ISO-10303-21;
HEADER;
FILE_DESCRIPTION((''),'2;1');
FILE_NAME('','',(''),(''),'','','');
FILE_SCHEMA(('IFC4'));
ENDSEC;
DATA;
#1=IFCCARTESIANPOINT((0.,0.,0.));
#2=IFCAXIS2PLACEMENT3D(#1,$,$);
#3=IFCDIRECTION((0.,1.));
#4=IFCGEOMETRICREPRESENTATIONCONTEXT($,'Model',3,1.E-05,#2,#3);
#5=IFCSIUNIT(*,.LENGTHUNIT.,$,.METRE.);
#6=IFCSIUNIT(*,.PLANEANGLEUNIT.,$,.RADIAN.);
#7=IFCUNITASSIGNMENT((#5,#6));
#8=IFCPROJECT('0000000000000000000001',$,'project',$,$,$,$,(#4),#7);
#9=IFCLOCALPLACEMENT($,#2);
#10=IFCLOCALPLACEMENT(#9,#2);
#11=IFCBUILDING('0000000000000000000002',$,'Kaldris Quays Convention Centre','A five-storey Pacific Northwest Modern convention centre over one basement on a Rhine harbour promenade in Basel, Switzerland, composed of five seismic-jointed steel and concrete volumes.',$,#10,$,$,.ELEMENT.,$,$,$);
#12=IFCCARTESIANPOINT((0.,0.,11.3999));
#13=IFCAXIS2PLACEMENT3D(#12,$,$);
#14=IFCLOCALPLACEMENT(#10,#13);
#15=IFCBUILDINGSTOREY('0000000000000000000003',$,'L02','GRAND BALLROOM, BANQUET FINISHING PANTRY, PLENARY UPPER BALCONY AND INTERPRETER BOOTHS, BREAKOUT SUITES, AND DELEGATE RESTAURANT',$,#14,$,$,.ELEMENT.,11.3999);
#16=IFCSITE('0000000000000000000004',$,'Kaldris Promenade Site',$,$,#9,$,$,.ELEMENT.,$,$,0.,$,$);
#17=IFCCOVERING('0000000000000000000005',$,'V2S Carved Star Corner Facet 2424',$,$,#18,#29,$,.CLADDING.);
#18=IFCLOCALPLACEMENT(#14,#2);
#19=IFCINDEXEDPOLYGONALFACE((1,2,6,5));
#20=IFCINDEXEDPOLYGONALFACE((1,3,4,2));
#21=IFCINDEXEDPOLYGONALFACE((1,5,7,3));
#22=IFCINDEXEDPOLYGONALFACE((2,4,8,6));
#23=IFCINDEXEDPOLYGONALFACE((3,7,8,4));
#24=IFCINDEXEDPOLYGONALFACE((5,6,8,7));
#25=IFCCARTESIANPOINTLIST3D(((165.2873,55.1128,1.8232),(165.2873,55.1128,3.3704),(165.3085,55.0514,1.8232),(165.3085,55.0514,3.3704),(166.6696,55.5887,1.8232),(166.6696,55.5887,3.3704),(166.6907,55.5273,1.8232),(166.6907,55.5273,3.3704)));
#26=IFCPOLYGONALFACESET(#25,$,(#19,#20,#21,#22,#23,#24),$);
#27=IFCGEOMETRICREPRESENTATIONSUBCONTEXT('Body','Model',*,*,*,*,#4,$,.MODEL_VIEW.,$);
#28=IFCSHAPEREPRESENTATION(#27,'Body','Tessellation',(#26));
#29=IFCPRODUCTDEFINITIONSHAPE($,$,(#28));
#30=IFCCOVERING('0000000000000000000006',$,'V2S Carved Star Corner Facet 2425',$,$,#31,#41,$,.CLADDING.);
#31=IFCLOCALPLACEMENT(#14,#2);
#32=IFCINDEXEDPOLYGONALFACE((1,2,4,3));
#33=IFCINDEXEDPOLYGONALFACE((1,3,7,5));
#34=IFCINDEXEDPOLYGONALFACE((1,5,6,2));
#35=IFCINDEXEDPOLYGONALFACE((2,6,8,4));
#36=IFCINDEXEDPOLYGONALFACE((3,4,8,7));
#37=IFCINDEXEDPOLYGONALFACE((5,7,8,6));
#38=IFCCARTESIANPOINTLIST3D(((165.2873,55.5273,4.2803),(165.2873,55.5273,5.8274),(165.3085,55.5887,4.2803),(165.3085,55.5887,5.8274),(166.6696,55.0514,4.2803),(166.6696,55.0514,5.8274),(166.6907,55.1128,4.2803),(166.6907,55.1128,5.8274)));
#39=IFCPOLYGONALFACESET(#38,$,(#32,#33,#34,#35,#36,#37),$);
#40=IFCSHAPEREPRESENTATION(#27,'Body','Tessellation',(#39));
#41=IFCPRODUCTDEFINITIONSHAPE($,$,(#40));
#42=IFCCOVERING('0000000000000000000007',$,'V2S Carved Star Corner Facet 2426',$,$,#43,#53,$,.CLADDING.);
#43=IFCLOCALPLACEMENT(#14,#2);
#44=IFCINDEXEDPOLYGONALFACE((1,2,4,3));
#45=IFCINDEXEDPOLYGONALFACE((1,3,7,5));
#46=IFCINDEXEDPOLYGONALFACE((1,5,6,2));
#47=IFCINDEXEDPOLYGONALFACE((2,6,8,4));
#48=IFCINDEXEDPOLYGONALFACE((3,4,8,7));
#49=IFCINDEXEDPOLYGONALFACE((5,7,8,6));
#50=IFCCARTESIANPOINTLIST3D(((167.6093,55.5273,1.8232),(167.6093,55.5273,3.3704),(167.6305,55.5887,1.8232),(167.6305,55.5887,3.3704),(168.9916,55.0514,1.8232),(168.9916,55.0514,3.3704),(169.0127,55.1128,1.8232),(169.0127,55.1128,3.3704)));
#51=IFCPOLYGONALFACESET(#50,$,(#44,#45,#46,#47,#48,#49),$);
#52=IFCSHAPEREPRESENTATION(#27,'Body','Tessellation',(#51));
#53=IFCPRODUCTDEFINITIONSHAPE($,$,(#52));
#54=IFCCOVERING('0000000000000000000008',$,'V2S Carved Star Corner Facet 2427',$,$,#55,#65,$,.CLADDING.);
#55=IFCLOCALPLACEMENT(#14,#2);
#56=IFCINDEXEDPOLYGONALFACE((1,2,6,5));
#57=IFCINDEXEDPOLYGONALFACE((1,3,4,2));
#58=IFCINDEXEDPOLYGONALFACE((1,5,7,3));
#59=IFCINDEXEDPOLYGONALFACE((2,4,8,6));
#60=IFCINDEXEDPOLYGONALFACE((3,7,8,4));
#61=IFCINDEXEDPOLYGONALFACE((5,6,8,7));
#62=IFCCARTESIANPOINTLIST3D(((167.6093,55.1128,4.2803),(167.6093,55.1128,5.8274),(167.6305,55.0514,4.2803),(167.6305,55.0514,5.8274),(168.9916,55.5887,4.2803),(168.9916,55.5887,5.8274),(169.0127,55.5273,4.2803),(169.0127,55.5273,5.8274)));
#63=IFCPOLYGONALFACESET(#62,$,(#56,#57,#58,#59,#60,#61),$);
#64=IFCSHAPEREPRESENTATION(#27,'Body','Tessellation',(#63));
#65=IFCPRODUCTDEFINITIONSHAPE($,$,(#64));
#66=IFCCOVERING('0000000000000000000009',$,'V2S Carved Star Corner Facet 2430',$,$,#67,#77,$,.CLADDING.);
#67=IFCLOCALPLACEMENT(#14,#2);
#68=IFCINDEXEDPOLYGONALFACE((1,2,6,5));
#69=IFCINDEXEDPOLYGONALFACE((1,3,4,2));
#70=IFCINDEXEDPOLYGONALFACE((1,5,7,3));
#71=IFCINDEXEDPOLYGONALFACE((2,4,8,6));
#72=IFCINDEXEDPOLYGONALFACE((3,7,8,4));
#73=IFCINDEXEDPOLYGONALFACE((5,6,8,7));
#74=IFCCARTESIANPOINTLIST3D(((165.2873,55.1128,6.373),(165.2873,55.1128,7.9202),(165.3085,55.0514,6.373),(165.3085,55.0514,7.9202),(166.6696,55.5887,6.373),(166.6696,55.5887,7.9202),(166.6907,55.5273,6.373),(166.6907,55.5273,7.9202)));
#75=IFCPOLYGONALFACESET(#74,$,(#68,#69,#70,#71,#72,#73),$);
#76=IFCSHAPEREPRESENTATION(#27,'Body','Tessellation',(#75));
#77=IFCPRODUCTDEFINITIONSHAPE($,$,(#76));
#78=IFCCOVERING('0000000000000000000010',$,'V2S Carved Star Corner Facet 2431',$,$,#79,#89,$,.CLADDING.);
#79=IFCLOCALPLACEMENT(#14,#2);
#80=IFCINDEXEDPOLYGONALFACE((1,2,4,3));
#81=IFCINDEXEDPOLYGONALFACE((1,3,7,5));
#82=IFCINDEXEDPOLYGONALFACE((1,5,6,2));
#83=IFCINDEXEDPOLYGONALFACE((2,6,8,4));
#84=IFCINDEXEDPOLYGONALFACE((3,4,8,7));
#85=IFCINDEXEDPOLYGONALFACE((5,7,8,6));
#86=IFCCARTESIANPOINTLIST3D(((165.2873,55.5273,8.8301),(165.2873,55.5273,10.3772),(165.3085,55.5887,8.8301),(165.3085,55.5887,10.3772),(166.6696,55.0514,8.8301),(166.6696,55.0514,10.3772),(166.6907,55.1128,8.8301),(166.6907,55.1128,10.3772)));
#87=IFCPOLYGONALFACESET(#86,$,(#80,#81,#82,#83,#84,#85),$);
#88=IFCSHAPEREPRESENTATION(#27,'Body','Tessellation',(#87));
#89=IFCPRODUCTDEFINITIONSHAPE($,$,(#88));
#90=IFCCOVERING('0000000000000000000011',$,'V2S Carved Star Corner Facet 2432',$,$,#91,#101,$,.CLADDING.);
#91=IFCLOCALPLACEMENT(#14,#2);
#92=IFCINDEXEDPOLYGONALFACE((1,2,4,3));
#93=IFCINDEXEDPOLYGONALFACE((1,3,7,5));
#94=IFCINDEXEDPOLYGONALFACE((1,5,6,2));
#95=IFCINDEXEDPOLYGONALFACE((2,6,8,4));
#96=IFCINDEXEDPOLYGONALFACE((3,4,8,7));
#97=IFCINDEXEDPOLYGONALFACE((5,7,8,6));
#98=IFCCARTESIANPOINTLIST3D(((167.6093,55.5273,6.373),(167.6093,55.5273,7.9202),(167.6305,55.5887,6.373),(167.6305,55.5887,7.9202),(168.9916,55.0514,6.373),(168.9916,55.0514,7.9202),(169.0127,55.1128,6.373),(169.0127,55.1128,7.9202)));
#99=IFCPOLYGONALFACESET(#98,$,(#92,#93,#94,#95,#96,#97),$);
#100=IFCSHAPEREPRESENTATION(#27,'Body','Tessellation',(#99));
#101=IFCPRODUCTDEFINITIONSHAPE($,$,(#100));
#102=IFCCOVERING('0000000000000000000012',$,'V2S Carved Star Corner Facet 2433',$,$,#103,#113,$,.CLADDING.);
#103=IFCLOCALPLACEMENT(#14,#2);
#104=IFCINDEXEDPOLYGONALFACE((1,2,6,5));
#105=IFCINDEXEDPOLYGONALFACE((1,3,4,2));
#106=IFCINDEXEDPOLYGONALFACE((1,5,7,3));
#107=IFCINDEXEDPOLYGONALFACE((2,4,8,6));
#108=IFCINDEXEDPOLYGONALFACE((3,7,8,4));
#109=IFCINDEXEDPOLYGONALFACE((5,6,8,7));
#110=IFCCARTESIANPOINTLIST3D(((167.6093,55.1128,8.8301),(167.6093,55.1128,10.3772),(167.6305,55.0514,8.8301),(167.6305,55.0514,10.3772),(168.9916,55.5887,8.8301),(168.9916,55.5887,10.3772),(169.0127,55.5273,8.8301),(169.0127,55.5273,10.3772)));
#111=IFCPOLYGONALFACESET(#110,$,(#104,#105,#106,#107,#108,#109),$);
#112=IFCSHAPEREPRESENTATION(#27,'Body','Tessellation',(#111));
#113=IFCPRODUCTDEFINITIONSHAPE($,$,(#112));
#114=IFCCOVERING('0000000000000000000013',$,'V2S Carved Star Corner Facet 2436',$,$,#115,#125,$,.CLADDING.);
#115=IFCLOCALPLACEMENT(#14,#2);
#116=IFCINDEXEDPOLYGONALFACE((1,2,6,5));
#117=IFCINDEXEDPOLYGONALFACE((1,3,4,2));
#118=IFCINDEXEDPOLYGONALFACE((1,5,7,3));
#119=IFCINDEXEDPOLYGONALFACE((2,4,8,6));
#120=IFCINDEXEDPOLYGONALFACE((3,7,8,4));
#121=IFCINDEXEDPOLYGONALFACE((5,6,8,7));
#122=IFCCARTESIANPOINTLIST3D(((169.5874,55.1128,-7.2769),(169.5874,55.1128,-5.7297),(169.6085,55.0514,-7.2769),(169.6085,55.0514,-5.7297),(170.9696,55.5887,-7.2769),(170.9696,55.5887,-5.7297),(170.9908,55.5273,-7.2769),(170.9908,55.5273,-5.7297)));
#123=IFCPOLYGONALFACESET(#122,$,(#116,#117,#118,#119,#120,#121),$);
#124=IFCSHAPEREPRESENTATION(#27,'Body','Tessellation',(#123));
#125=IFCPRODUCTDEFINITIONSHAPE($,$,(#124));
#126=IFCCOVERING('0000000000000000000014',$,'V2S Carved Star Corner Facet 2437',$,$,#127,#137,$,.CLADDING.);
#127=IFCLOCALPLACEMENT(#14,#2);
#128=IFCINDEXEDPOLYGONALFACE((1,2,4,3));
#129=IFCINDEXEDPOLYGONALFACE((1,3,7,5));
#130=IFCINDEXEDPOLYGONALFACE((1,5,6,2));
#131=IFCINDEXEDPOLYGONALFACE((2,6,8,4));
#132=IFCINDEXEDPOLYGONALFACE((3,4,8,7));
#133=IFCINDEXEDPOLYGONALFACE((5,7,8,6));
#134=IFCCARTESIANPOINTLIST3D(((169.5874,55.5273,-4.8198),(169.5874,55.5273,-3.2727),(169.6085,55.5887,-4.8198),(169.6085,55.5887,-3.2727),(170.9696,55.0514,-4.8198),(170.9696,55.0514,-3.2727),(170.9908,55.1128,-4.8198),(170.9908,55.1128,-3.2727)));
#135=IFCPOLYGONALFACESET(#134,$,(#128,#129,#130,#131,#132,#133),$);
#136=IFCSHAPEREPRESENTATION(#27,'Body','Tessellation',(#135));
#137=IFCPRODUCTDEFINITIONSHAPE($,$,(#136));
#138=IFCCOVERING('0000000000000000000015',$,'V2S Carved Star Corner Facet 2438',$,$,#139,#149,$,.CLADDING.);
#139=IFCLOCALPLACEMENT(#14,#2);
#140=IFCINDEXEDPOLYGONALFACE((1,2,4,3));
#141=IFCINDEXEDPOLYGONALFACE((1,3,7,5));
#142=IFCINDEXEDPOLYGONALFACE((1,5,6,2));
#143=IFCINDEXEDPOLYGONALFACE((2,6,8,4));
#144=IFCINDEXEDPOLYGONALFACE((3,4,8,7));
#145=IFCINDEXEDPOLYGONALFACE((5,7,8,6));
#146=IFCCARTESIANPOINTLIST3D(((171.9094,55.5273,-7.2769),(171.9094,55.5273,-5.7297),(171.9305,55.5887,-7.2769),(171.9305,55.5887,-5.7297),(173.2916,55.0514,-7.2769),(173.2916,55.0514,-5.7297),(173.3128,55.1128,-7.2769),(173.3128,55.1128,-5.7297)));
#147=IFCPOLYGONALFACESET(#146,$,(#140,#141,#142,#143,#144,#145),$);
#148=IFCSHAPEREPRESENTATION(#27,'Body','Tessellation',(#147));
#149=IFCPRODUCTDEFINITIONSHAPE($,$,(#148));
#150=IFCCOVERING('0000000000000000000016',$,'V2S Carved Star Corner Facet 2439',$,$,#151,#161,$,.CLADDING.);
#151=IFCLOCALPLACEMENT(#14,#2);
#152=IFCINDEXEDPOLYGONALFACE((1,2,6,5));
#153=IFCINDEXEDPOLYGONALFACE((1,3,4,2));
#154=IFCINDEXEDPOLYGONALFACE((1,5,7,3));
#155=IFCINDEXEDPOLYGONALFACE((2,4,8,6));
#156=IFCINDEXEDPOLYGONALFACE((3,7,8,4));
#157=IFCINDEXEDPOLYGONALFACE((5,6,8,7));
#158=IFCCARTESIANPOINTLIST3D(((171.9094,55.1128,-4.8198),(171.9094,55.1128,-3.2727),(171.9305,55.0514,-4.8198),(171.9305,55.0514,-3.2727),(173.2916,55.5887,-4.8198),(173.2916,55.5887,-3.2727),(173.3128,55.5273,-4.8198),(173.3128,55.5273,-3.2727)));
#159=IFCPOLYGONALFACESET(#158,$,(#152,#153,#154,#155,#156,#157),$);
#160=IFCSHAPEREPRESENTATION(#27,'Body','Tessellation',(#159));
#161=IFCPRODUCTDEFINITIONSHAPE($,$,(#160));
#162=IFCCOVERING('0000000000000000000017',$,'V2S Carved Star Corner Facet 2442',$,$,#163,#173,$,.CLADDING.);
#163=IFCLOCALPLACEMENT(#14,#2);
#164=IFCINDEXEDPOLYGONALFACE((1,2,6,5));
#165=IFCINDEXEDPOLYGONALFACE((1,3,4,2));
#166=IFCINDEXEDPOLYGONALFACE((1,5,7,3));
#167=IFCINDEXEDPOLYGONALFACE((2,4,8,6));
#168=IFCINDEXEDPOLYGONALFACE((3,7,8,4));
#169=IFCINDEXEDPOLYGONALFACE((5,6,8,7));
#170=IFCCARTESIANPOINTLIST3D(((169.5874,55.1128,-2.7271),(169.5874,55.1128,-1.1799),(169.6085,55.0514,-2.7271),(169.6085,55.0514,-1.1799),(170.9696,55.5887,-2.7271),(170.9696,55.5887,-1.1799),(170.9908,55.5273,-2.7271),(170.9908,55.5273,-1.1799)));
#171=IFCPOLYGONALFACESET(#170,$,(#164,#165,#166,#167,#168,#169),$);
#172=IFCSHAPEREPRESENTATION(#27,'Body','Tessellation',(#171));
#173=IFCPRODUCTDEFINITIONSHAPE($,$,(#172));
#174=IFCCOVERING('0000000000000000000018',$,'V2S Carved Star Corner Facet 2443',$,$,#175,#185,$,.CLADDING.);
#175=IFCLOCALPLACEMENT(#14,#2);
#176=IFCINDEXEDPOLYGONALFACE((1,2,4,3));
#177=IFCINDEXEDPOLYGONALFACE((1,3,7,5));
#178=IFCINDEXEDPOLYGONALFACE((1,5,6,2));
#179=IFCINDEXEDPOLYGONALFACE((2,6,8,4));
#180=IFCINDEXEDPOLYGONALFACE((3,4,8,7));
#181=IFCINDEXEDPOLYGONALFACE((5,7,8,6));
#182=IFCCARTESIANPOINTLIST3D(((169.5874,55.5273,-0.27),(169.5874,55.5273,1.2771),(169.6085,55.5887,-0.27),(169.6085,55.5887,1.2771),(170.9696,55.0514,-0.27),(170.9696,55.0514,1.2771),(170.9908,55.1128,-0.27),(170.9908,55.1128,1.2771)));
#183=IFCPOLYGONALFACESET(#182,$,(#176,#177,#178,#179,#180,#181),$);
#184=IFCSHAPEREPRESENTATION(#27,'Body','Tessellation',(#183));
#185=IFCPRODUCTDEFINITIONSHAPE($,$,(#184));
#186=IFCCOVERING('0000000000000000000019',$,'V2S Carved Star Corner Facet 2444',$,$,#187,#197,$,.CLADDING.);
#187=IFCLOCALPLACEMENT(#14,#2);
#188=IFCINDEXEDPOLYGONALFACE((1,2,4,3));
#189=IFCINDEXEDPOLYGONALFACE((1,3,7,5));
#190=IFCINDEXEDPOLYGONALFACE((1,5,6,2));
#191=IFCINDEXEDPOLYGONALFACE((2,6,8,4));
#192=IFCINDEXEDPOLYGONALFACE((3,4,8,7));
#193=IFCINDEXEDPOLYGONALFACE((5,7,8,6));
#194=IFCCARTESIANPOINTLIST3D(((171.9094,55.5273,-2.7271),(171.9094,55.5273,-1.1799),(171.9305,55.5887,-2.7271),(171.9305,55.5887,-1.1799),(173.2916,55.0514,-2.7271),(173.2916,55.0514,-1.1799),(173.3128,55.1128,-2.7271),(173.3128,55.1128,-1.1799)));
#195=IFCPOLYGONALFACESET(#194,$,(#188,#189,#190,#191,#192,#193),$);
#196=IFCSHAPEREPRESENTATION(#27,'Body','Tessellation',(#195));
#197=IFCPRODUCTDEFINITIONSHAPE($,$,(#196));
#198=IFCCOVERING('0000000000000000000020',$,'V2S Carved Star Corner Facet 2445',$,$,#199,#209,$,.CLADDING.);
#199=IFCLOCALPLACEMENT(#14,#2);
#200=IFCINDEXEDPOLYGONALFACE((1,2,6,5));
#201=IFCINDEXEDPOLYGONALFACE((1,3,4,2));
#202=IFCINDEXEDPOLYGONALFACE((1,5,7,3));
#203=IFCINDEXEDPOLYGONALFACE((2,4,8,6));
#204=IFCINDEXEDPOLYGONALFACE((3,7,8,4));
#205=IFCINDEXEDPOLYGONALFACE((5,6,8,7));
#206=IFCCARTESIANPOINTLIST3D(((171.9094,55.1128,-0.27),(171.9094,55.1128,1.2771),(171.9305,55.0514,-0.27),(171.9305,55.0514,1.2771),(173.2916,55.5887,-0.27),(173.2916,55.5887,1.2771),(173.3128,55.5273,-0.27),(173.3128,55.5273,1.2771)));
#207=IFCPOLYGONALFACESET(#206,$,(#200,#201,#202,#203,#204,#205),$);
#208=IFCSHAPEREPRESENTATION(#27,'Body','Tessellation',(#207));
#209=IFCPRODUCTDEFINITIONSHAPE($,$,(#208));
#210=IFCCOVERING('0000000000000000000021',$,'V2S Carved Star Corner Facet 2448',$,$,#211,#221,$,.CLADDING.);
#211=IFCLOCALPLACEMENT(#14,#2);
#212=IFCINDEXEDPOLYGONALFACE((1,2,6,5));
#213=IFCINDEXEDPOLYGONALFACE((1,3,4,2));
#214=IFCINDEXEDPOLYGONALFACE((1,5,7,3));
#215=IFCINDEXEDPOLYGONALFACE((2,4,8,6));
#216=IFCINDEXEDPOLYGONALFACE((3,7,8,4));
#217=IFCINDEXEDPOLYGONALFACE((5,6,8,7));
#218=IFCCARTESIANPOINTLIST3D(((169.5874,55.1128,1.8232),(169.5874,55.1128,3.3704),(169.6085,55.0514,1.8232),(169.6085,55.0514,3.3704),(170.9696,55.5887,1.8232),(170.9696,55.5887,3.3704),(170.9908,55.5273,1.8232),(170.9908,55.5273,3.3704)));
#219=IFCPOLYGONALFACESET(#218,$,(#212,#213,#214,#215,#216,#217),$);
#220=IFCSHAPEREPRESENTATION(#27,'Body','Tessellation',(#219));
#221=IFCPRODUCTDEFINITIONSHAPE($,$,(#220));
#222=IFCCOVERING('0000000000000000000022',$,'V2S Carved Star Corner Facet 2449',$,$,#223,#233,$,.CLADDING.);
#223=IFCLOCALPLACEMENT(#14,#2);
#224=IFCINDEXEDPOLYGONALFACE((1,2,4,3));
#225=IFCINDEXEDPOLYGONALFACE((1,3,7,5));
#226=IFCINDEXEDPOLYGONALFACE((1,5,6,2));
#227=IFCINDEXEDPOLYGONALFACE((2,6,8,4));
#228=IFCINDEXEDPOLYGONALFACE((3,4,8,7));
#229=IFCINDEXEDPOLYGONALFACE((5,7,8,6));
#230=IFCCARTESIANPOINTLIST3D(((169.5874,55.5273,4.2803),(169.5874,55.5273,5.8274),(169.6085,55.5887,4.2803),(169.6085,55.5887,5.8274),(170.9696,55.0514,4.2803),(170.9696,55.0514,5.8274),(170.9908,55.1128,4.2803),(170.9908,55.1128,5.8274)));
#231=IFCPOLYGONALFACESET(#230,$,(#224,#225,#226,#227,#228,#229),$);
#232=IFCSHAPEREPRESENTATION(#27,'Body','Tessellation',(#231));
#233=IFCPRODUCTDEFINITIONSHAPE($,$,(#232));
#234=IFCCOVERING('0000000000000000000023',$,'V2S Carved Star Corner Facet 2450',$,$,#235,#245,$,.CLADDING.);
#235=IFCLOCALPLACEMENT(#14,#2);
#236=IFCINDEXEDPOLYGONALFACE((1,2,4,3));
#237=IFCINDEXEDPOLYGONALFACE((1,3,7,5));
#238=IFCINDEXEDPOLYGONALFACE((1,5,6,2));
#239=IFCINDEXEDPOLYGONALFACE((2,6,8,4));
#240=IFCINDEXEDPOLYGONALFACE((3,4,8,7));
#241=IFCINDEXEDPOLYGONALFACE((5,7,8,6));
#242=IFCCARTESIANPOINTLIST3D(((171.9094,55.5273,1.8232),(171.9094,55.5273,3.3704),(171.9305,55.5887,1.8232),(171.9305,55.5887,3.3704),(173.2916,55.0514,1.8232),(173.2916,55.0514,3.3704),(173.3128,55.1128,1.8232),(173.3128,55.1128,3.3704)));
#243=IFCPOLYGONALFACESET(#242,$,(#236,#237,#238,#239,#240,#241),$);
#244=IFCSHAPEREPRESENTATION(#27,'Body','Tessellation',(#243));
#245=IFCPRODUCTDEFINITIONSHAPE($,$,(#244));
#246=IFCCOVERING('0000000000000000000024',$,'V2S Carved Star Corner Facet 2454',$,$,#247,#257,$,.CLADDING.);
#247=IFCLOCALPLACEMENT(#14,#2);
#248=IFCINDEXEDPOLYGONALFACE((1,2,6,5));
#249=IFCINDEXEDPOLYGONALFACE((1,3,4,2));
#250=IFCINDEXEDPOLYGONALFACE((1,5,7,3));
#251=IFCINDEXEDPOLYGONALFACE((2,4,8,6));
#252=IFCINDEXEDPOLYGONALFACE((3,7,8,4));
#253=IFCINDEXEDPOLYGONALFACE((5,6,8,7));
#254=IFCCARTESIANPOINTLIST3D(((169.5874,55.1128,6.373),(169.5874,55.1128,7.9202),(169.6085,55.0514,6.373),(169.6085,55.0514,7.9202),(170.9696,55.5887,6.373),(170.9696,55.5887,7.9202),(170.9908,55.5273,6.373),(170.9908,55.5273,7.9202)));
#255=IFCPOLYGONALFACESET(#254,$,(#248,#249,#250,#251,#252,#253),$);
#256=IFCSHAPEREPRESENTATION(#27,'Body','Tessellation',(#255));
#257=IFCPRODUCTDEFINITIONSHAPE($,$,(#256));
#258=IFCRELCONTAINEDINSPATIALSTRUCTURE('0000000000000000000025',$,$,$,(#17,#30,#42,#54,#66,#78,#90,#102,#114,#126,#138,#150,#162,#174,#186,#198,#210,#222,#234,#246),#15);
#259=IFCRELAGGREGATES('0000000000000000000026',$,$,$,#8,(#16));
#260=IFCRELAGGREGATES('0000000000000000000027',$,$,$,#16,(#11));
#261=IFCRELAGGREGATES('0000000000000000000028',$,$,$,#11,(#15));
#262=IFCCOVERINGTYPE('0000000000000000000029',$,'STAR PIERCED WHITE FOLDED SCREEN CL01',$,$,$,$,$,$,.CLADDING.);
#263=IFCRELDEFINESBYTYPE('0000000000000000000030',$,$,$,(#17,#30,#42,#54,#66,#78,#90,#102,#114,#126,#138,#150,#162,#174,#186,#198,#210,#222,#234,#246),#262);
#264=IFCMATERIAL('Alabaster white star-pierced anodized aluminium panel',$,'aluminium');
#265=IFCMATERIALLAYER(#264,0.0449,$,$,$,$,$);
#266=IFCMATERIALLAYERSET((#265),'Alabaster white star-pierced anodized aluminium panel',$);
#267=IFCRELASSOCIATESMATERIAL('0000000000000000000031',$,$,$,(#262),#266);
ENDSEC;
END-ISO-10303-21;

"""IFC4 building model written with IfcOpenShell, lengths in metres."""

from ifc_helpers import new_model, si_unit, direction, frame, origin, origin_2d, place, context, subcontext, project, spatial, rectangle, extrude, material, layer, layer_set, type_object, element, save


model = new_model("IFC4")

# Units and contexts
model_context = context("Model", 3, precision=1e-05, world=origin(), true_north=direction((0.0, 1.0)))
body_context = subcontext(model_context, "Body", "Model", "MODEL_VIEW")
ifc_project = project(units=[si_unit("LENGTHUNIT", "METRE"), si_unit("PLANEANGLEUNIT", "RADIAN")], contexts=[model_context])

# Site, building, storey
site_placement = place(None, origin())
site = spatial("IfcSite", under=ifc_project, at=site_placement, Name="Kaldris Promenade Site", CompositionType="ELEMENT", RefElevation=0.0)
building_placement = place(site_placement, origin())
building = spatial("IfcBuilding", under=site, at=building_placement, Name="Kaldris Quays Convention Centre", Description="A five-storey Pacific Northwest Modern convention centre over one basement on a Rhine harbour promenade in Basel, Switzerland, composed of five seismic-jointed steel and concrete volumes.", CompositionType="ELEMENT")
storey_placement = place(building_placement, frame((0.0, 0.0, 11.3999)))
storey = spatial("IfcBuildingStorey", under=building, at=storey_placement, Name="L02", Description="GRAND BALLROOM, BANQUET FINISHING PANTRY, PLENARY UPPER BALCONY AND INTERPRETER BOOTHS, BREAKOUT SUITES, AND DELEGATE RESTAURANT", CompositionType="ELEMENT", Elevation=11.3999)

# Coverings
ifc_material_1 = material(Name="Alabaster white star-pierced anodized aluminium panel", Category="aluminium")
ifc_layer = layer(ifc_material_1, 0.0449)
ifc_layer_set = layer_set([ifc_layer], Name="Alabaster white star-pierced anodized aluminium panel")
covering_type = type_object("IfcCoveringType", Name="STAR PIERCED WHITE FOLDED SCREEN CL01", PredefinedType="CLADDING", material=ifc_layer_set)
for number, where, z_axis, x_axis, name in (
    (1, (165.989, 55.3201, 1.8232), (0.0, 0.0, 1.0), (0.945519, 0.325568, 0.0), "V2S Carved Star Corner Facet 2424"),
    (2, (165.989, 55.3201, 4.2803), (0.0, 0.0, 1.0), (0.945519, -0.325568, 0.0), "V2S Carved Star Corner Facet 2425"),
    (3, (168.311, 55.3201, 1.8232), (0.0, 0.0, 1.0), (0.945519, -0.325568, 0.0), "V2S Carved Star Corner Facet 2426"),
    (4, (168.311, 55.3201, 4.2803), (0.0, 0.0, 1.0), (0.945519, 0.325568, 0.0), "V2S Carved Star Corner Facet 2427"),
    (5, (165.989, 55.3201, 6.373), (0.0, 0.0, 1.0), (0.945519, 0.325568, 0.0), "V2S Carved Star Corner Facet 2430"),
    (6, (165.989, 55.3201, 8.8301), (0.0, 0.0, 1.0), (0.945519, -0.325568, 0.0), "V2S Carved Star Corner Facet 2431"),
    (7, (168.311, 55.3201, 6.373), (0.0, 0.0, 1.0), (0.945519, -0.325568, 0.0), "V2S Carved Star Corner Facet 2432"),
    (8, (168.311, 55.3201, 8.8301), (0.0, 0.0, 1.0), (0.945519, 0.325568, 0.0), "V2S Carved Star Corner Facet 2433"),
    (9, (170.2891, 55.3201, -7.2769), (0.0, 0.0, 1.0), (0.945519, 0.325568, 0.0), "V2S Carved Star Corner Facet 2436"),
    (10, (170.2891, 55.3201, -4.8198), (0.0, 0.0, 1.0), (0.945519, -0.325568, 0.0), "V2S Carved Star Corner Facet 2437"),
    (11, (172.6111, 55.3201, -7.2769), (0.0, 0.0, 1.0), (0.945519, -0.325568, 0.0), "V2S Carved Star Corner Facet 2438"),
    (12, (172.6111, 55.3201, -4.8198), (0.0, 0.0, 1.0), (0.945519, 0.325568, 0.0), "V2S Carved Star Corner Facet 2439"),
    (13, (170.2891, 55.3201, -2.7271), (0.0, 0.0, 1.0), (0.945519, 0.325568, 0.0), "V2S Carved Star Corner Facet 2442"),
    (14, (170.2891, 55.3201, -0.27), (0.0, 0.0, 1.0), (0.945519, -0.325568, 0.0), "V2S Carved Star Corner Facet 2443"),
    (15, (172.6111, 55.3201, -2.7271), (0.0, 0.0, 1.0), (0.945519, -0.325568, 0.0), "V2S Carved Star Corner Facet 2444"),
    (16, (172.6111, 55.3201, -0.27), (0.0, 0.0, 1.0), (0.945519, 0.325568, 0.0), "V2S Carved Star Corner Facet 2445"),
    (17, (170.2891, 55.3201, 1.8232), (0.0, 0.0, 1.0), (0.945519, 0.325568, 0.0), "V2S Carved Star Corner Facet 2448"),
    (18, (170.2891, 55.3201, 4.2803), (0.0, 0.0, 1.0), (0.945519, -0.325568, 0.0), "V2S Carved Star Corner Facet 2449"),
    (19, (172.6111, 55.3201, 1.8232), (0.0, 0.0, 1.0), (0.945519, -0.325568, 0.0), "V2S Carved Star Corner Facet 2450"),
    (20, (170.2891, 55.3201, 6.373), (0.0, 0.0, 1.0), (0.945519, 0.325568, 0.0), "V2S Carved Star Corner Facet 2454"),
):
    element("IfcCovering", number, at=place(storey_placement, frame(where, z_axis=z_axis, x_axis=x_axis)), inside=storey, type_object=covering_type, Name=name, PredefinedType="CLADDING", context=body_context, shape_type="SweptSolid", body=[
        extrude(rectangle(XDim=1.4619, YDim=0.0649, at=origin_2d()), origin(), (0.0, 0.0, 1.0), 1.5471),
    ])

save(model, "model.ifc")
